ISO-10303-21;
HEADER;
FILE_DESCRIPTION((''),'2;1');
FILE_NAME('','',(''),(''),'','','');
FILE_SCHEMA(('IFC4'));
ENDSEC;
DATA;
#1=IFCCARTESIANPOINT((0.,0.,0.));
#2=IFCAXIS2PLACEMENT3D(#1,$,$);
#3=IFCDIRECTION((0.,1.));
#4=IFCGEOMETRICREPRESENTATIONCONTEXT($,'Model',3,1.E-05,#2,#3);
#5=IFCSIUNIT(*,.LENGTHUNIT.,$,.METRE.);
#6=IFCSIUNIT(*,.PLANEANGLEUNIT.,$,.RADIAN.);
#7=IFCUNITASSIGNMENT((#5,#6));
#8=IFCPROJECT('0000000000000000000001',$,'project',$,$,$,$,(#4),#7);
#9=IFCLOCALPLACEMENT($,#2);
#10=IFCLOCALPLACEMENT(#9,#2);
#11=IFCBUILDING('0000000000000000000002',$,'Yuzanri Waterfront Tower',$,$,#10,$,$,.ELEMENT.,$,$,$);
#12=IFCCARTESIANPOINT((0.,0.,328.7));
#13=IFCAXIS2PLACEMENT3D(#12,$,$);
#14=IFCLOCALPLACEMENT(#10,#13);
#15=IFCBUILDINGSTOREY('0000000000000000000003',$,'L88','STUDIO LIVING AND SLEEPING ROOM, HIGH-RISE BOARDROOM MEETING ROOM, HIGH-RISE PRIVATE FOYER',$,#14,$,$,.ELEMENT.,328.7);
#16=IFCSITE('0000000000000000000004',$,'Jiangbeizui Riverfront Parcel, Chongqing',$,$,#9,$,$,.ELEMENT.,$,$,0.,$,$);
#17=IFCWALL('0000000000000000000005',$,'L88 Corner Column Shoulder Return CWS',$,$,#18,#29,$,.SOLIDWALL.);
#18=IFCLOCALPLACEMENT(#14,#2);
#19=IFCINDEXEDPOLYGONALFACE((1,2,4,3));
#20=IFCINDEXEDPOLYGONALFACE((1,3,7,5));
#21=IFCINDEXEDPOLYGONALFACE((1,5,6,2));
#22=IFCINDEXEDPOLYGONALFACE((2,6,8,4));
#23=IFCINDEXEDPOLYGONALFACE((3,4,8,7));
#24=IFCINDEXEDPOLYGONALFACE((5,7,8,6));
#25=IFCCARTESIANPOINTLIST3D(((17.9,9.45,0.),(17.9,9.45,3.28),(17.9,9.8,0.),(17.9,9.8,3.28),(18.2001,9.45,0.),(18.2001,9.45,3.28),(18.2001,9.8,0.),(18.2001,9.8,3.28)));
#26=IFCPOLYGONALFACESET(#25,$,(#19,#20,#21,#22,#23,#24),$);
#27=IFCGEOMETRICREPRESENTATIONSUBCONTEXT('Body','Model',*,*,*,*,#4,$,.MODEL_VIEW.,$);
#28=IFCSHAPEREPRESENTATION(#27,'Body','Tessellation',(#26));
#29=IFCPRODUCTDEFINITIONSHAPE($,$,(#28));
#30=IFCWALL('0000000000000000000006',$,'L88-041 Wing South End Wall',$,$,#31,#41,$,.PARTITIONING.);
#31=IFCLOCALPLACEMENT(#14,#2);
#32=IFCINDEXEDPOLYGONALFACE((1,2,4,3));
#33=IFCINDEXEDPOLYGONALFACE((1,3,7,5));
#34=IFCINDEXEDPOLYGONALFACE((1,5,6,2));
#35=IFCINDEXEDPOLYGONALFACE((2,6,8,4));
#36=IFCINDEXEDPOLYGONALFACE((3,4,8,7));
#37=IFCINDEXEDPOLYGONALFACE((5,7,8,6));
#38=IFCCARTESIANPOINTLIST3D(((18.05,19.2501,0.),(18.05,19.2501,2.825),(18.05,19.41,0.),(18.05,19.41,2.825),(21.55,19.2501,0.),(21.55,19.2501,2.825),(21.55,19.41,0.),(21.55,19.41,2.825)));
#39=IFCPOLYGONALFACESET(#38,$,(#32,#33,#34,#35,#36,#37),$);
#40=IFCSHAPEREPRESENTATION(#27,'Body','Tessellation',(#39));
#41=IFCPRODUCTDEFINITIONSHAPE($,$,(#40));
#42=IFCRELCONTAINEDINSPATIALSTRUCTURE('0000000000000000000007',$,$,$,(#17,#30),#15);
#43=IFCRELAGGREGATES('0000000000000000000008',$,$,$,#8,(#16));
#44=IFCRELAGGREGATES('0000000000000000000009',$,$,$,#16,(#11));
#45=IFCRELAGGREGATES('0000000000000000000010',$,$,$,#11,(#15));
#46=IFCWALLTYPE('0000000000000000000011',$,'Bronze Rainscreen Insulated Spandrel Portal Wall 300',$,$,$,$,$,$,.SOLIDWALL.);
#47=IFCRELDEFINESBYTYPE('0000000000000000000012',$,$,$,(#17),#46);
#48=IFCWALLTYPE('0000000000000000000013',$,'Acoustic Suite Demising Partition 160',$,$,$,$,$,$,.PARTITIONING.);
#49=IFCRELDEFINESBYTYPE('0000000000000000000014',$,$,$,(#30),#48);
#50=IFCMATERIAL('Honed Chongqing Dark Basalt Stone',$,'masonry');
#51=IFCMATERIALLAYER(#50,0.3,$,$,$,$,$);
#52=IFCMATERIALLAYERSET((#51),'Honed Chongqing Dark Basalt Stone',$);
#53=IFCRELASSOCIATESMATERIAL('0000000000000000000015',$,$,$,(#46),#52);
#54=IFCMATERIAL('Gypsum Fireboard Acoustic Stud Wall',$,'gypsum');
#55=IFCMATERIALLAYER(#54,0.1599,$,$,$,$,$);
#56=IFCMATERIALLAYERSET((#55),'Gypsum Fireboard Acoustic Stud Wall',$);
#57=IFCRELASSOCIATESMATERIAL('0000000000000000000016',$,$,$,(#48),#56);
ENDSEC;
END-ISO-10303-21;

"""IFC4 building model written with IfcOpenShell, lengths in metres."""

from ifc_helpers import new_model, si_unit, direction, frame, frame_2d, origin, place, context, subcontext, project, spatial, rectangle, extrude, source, transform, mapped, material, layer, layer_set, type_object, element, save


model = new_model("IFC4")

# Units and contexts
model_context = context("Model", 3, precision=1e-05, world=origin(), true_north=direction((0.0, 1.0)))
body_context = subcontext(model_context, "Body", "Model", "MODEL_VIEW")
ifc_project = project(units=[si_unit("LENGTHUNIT", "METRE"), si_unit("PLANEANGLEUNIT", "RADIAN")], contexts=[model_context])

# Site, building, storey
site_placement = place(None, origin())
site = spatial("IfcSite", under=ifc_project, at=site_placement, Name="Jiangbeizui Riverfront Parcel, Chongqing", CompositionType="ELEMENT", RefElevation=0.0)
building_placement = place(site_placement, origin())
building = spatial("IfcBuilding", under=site, at=building_placement, Name="Yuzanri Waterfront Tower", CompositionType="ELEMENT")
storey_placement = place(building_placement, frame((0.0, 0.0, 328.7)))
storey = spatial("IfcBuildingStorey", under=building, at=storey_placement, Name="L88", Description="STUDIO LIVING AND SLEEPING ROOM, HIGH-RISE BOARDROOM MEETING ROOM, HIGH-RISE PRIVATE FOYER", CompositionType="ELEMENT", Elevation=328.7)

# Walls
ifc_material_1 = material(Name="Honed Chongqing Dark Basalt Stone", Category="masonry")
ifc_layer_1 = layer(ifc_material_1, 0.3)
ifc_layer_set_1 = layer_set([ifc_layer_1], Name="Honed Chongqing Dark Basalt Stone")
wall_type_1 = type_object("IfcWallType", Name="Bronze Rainscreen Insulated Spandrel Portal Wall 300", PredefinedType="SOLIDWALL", material=ifc_layer_set_1)
shared_shape_1 = source(origin(), body_context, "Body", "SweptSolid", [
    extrude(rectangle(XDim=0.3501, YDim=0.3, at=frame_2d((0.175, 0.0))), origin(), (0.0, 0.0, 1.0), 3.28),
])
wall_1_placement = place(storey_placement, frame((18.05, 9.45, 0.0), z_axis=(0.0, 0.0, 1.0), x_axis=(0.0, 1.0, 0.0)))
element("IfcWall", 1, at=wall_1_placement, inside=storey, type_object=wall_type_1, Name="L88 Corner Column Shoulder Return CWS", PredefinedType="SOLIDWALL", context=body_context, shape_type="MappedRepresentation", body=[
    mapped(shared_shape_1, transform((0.0, 0.0, 0.0), scale=1.0)),
])
ifc_material_2 = material(Name="Gypsum Fireboard Acoustic Stud Wall", Category="gypsum")
ifc_layer_2 = layer(ifc_material_2, 0.1599)
ifc_layer_set_2 = layer_set([ifc_layer_2], Name="Gypsum Fireboard Acoustic Stud Wall")
wall_type_2 = type_object("IfcWallType", Name="Acoustic Suite Demising Partition 160", PredefinedType="PARTITIONING", material=ifc_layer_set_2)
shared_shape_2 = source(origin(), body_context, "Body", "SweptSolid", [
    extrude(rectangle(XDim=3.5, YDim=0.1599, at=frame_2d((1.75, 0.0))), origin(), (0.0, 0.0, 1.0), 2.825),
])
wall_2_placement = place(storey_placement, frame((18.05, 19.3301, 0.0), z_axis=(0.0, 0.0, 1.0), x_axis=(1.0, 0.0, 0.0)))
element("IfcWall", 2, at=wall_2_placement, inside=storey, type_object=wall_type_2, Name="L88-041 Wing South End Wall", PredefinedType="PARTITIONING", context=body_context, shape_type="MappedRepresentation", body=[
    mapped(shared_shape_2, transform((0.0, 0.0, 0.0), scale=1.0)),
])

save(model, "model.ifc")
